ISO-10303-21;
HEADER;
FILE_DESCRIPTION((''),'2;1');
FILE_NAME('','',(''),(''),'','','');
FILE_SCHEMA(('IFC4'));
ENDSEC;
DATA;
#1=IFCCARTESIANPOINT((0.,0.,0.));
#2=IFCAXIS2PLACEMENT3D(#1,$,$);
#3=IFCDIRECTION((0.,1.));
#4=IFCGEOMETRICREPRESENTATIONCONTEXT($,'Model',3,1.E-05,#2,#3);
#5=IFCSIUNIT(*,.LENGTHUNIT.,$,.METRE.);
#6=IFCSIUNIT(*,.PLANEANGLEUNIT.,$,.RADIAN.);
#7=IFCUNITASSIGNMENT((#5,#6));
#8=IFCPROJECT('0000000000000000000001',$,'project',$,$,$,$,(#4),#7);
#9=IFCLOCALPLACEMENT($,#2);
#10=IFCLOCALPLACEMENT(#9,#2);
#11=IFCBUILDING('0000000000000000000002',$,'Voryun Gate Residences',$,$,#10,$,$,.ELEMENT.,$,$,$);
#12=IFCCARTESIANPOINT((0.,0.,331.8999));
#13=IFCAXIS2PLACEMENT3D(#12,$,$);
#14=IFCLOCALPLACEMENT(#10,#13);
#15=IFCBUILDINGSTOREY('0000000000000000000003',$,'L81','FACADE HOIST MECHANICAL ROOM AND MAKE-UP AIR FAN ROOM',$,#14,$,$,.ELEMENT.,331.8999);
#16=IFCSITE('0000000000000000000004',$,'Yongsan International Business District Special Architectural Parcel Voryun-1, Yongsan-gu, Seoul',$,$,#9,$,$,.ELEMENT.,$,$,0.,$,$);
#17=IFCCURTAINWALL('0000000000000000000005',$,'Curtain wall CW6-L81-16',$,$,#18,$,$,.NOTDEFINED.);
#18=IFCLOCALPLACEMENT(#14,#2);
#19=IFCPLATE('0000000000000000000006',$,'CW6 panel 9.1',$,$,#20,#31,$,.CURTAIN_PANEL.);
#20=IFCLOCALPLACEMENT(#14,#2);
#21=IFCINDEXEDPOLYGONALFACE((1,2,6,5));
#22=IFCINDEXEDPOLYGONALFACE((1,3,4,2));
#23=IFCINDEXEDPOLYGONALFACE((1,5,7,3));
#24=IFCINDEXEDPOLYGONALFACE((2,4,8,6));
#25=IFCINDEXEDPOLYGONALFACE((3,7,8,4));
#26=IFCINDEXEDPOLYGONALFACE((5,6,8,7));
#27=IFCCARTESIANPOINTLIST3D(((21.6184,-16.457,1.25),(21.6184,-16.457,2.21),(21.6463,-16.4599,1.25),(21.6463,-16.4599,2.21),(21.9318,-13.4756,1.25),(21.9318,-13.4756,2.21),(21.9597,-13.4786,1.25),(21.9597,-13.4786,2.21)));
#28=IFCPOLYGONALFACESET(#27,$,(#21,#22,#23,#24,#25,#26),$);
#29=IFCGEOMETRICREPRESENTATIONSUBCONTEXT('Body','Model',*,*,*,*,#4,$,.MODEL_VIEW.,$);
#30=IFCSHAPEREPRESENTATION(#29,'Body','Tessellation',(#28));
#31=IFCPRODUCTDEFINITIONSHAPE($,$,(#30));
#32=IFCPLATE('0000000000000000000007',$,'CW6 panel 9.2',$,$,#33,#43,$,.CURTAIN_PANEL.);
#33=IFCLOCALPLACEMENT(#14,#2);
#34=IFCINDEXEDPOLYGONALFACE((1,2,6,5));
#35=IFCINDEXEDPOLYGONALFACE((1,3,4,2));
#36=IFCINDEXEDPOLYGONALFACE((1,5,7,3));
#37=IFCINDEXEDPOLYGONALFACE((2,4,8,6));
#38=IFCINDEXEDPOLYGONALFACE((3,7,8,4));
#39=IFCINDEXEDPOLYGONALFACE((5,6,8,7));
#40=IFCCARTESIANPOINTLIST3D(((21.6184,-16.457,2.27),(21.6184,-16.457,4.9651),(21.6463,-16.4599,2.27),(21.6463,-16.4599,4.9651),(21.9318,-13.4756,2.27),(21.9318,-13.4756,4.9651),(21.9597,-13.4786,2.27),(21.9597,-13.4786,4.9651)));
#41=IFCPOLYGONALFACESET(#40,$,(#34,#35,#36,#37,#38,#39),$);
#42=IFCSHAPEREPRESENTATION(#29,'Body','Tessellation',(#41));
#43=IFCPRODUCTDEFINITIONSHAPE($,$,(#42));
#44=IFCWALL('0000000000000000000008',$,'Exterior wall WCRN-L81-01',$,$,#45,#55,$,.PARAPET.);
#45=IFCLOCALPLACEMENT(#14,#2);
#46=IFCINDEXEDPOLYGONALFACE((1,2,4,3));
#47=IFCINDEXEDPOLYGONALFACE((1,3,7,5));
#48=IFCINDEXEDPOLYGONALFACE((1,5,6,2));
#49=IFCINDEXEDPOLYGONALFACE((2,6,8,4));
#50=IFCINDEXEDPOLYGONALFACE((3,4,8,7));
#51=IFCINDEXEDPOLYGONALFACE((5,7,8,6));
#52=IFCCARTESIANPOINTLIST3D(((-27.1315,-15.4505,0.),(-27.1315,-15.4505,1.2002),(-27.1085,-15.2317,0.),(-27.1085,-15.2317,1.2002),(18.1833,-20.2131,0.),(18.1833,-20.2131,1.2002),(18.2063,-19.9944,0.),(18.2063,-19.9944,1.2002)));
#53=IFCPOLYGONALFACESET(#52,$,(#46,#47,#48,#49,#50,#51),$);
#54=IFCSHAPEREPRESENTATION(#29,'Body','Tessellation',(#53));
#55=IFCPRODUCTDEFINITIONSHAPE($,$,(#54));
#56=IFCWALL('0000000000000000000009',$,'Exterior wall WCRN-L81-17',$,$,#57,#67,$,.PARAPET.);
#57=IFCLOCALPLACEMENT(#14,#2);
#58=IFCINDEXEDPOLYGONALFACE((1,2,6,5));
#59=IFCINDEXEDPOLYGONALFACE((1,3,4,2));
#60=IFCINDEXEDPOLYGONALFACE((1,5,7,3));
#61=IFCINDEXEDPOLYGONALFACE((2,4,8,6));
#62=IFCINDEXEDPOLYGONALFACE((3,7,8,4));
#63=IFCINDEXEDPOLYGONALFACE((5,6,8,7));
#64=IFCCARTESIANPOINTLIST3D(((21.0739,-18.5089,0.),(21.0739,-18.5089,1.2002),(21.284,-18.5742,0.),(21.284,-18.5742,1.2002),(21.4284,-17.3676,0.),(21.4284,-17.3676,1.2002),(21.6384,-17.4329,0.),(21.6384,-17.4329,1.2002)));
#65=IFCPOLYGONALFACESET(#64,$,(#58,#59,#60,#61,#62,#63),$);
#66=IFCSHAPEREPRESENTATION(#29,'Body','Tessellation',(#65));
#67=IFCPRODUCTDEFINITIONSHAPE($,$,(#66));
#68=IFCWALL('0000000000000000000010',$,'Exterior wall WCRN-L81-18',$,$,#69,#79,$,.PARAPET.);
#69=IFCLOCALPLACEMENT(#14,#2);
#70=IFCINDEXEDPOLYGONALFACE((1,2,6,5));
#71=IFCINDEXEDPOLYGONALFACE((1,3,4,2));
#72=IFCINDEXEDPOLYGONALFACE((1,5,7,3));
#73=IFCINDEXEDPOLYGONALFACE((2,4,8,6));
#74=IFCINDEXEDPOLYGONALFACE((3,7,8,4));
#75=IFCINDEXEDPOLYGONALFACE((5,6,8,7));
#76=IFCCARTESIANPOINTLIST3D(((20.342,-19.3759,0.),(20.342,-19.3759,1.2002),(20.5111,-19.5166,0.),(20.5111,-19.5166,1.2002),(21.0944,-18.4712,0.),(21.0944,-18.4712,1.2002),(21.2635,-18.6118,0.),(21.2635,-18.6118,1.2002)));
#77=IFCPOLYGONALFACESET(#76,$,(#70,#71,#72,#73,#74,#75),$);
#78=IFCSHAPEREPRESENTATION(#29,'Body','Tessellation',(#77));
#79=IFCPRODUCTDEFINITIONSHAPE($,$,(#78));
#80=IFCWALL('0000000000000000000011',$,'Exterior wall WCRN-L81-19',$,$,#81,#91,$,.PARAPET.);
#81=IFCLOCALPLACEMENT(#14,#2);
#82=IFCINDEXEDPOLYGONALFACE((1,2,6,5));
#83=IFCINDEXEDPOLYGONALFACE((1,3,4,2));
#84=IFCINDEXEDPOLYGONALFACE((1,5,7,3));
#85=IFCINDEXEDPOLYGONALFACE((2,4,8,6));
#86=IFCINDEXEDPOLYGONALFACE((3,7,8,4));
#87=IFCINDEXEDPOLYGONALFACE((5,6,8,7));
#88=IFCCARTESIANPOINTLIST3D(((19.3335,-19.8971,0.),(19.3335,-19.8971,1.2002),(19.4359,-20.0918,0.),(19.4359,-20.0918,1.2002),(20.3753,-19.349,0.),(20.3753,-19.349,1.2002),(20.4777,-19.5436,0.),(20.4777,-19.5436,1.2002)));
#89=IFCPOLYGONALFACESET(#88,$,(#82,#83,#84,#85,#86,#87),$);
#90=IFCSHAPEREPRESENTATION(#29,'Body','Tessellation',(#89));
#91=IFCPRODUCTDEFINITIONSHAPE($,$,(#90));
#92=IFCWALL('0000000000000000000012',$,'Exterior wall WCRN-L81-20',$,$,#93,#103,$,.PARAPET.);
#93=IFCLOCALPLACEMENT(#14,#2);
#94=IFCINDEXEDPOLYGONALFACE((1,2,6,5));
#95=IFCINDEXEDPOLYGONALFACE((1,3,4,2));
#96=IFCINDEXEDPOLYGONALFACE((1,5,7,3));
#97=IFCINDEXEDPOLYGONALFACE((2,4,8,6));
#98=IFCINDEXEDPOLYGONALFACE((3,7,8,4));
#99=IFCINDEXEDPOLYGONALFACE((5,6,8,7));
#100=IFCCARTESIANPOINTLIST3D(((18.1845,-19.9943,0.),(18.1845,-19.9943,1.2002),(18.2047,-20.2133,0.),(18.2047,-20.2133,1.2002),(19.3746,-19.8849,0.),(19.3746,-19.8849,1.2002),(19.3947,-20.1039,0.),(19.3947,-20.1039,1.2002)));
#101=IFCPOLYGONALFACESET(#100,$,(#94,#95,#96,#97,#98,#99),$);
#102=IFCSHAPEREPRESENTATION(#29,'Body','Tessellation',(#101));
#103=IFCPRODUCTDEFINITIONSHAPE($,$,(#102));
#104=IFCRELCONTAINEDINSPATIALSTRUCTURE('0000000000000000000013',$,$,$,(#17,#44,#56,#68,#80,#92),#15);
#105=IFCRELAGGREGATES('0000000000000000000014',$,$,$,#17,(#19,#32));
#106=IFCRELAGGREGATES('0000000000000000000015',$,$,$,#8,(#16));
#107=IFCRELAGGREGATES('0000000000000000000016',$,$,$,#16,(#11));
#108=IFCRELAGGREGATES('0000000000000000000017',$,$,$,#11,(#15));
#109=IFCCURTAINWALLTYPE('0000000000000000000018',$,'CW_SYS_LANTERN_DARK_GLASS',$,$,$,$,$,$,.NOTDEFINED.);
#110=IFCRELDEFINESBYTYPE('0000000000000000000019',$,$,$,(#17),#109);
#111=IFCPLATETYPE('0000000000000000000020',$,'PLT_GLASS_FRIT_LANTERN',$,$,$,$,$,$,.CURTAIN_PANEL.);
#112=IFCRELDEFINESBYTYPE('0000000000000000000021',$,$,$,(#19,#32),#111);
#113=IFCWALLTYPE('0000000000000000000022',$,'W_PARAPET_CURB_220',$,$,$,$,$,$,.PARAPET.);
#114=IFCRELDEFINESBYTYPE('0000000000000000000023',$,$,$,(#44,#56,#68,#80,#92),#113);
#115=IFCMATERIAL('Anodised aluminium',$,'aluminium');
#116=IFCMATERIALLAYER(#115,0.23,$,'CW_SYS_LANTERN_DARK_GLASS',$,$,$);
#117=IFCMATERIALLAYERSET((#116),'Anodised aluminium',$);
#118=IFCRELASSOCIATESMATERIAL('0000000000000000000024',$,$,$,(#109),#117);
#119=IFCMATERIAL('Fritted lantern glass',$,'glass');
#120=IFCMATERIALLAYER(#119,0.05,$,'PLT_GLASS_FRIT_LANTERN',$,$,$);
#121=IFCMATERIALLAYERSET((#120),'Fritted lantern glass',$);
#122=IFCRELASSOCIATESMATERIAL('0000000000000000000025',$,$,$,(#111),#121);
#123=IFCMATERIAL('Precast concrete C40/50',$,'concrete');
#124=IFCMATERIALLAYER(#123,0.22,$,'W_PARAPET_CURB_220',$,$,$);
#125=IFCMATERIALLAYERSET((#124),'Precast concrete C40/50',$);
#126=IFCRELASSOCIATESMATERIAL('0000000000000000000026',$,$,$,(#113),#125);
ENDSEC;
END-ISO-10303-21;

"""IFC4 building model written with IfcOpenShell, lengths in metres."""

from ifc_helpers import new_model, si_unit, direction, frame, frame_2d, origin, origin_2d, place, context, subcontext, project, spatial, rectangle, extrude, material, layer, layer_set, type_object, element, aggregate, save


model = new_model("IFC4")

# Units and contexts
model_context = context("Model", 3, precision=1e-05, world=origin(), true_north=direction((0.0, 1.0)))
body_context = subcontext(model_context, "Body", "Model", "MODEL_VIEW")
ifc_project = project(units=[si_unit("LENGTHUNIT", "METRE"), si_unit("PLANEANGLEUNIT", "RADIAN")], contexts=[model_context])

# Site, building, storey
site_placement = place(None, origin())
site = spatial("IfcSite", under=ifc_project, at=site_placement, Name="Yongsan International Business District Special Architectural Parcel Voryun-1, Yongsan-gu, Seoul", CompositionType="ELEMENT", RefElevation=0.0)
building_placement = place(site_placement, origin())
building = spatial("IfcBuilding", under=site, at=building_placement, Name="Voryun Gate Residences", CompositionType="ELEMENT")
storey_placement = place(building_placement, frame((0.0, 0.0, 331.8999)))
storey = spatial("IfcBuildingStorey", under=building, at=storey_placement, Name="L81", Description="FACADE HOIST MECHANICAL ROOM AND MAKE-UP AIR FAN ROOM", CompositionType="ELEMENT", Elevation=331.8999)

# Shared definitions
ifc_material_1 = material(Name="Anodised aluminium", Category="aluminium")
ifc_layer_1 = layer(ifc_material_1, 0.23, Name="CW_SYS_LANTERN_DARK_GLASS")
ifc_layer_set_1 = layer_set([ifc_layer_1], Name="Anodised aluminium")
curtain_wall_type = type_object("IfcCurtainWallType", Name="CW_SYS_LANTERN_DARK_GLASS", PredefinedType="NOTDEFINED", material=ifc_layer_set_1)

# Curtain wall
curtain_wall_1_placement = place(storey_placement, origin())
curtain_wall_1 = element("IfcCurtainWall", 1, at=curtain_wall_1_placement, inside=storey, type_object=curtain_wall_type, Name="Curtain wall CW6-L81-16", PredefinedType="NOTDEFINED")

# Plates
ifc_material_2 = material(Name="Fritted lantern glass", Category="glass")
ifc_layer_2 = layer(ifc_material_2, 0.05, Name="PLT_GLASS_FRIT_LANTERN")
ifc_layer_set_2 = layer_set([ifc_layer_2], Name="Fritted lantern glass")
plate_type_1 = type_object("IfcPlateType", Name="PLT_GLASS_FRIT_LANTERN", PredefinedType="CURTAIN_PANEL", material=ifc_layer_set_2)
plate_1_placement = place(storey_placement, frame((21.7891, -14.9678, 1.25), z_axis=(0.0, 0.0, 1.0), x_axis=(-0.104528, -0.994522, 0.0)))
plate_1 = element("IfcPlate", 2, at=plate_1_placement, type_object=plate_type_1, Name="CW6 panel 9.1", PredefinedType="CURTAIN_PANEL", context=body_context, shape_type="SweptSolid", body=[
    extrude(rectangle(XDim=2.9978, YDim=0.0281, at=origin_2d()), origin(), (0.0, 0.0, 1.0), 0.96),
])
plate_2_placement = place(storey_placement, frame((21.7891, -14.9678, 2.27), z_axis=(0.0, 0.0, 1.0), x_axis=(-0.104528, -0.994522, 0.0)))
plate_2 = element("IfcPlate", 3, at=plate_2_placement, type_object=plate_type_1, Name="CW6 panel 9.2", PredefinedType="CURTAIN_PANEL", context=body_context, shape_type="SweptSolid", body=[
    extrude(rectangle(XDim=2.9978, YDim=0.0281, at=origin_2d()), origin(), (0.0, 0.0, 1.0), 2.6951),
])
aggregate(curtain_wall_1, [plate_1, plate_2])

# Walls
ifc_material_3 = material(Name="Precast concrete C40/50", Category="concrete")
ifc_layer_3 = layer(ifc_material_3, 0.22, Name="W_PARAPET_CURB_220")
ifc_layer_set_3 = layer_set([ifc_layer_3], Name="Precast concrete C40/50")
wall_type = type_object("IfcWallType", Name="W_PARAPET_CURB_220", PredefinedType="PARAPET", material=ifc_layer_set_3)
wall_1_placement = place(storey_placement, frame((18.1948, -20.1038, 0.0), z_axis=(0.0, 0.0, 1.0), x_axis=(-0.994522, 0.104526, 0.0)))
element("IfcWall", 4, at=wall_1_placement, inside=storey, type_object=wall_type, Name="Exterior wall WCRN-L81-01", PredefinedType="PARAPET", context=body_context, shape_type="SweptSolid", body=[
    extrude(rectangle(XDim=45.5645, YDim=0.22, at=frame_2d((22.7822, 0.0))), origin(), (0.0, 0.0, 1.0), 1.2002),
])
wall_2_placement = place(storey_placement, frame((21.5334, -17.4001, 0.0), z_axis=(0.0, 0.0, 1.0), x_axis=(-0.296611, -0.954998, 0.0)))
element("IfcWall", 5, at=wall_2_placement, inside=storey, type_object=wall_type, Name="Exterior wall WCRN-L81-17", PredefinedType="PARAPET", context=body_context, shape_type="SweptSolid", body=[
    extrude(rectangle(XDim=1.1951, YDim=0.22, at=frame_2d((0.5977, 0.0))), origin(), (0.0, 0.0, 1.0), 1.2002),
])
wall_3_placement = place(storey_placement, frame((21.179, -18.5415, 0.0), z_axis=(0.0, 0.0, 1.0), x_axis=(-0.639409, -0.768867, 0.0)))
element("IfcWall", 6, at=wall_3_placement, inside=storey, type_object=wall_type, Name="Exterior wall WCRN-L81-18", PredefinedType="PARAPET", context=body_context, shape_type="SweptSolid", body=[
    extrude(rectangle(XDim=1.1768, YDim=0.22, at=frame_2d((0.5884, 0.0))), origin(), (0.0, 0.0, 1.0), 1.2002),
])
wall_4_placement = place(storey_placement, frame((20.4265, -19.4463, 0.0), z_axis=(0.0, 0.0, 1.0), x_axis=(-0.884986, -0.465618, 0.0)))
element("IfcWall", 7, at=wall_4_placement, inside=storey, type_object=wall_type, Name="Exterior wall WCRN-L81-19", PredefinedType="PARAPET", context=body_context, shape_type="SweptSolid", body=[
    extrude(rectangle(XDim=1.1772, YDim=0.22, at=frame_2d((0.5886, 0.0))), origin(), (0.0, 0.0, 1.0), 1.2002),
])
wall_5_placement = place(storey_placement, frame((19.3848, -19.9944, 0.0), z_axis=(0.0, 0.0, 1.0), x_axis=(-0.995802, -0.09153, 0.0)))
element("IfcWall", 8, at=wall_5_placement, inside=storey, type_object=wall_type, Name="Exterior wall WCRN-L81-20", PredefinedType="PARAPET", context=body_context, shape_type="SweptSolid", body=[
    extrude(rectangle(XDim=1.1951, YDim=0.22, at=frame_2d((0.5977, 0.0))), origin(), (0.0, 0.0, 1.0), 1.2002),
])

save(model, "model.ifc")
